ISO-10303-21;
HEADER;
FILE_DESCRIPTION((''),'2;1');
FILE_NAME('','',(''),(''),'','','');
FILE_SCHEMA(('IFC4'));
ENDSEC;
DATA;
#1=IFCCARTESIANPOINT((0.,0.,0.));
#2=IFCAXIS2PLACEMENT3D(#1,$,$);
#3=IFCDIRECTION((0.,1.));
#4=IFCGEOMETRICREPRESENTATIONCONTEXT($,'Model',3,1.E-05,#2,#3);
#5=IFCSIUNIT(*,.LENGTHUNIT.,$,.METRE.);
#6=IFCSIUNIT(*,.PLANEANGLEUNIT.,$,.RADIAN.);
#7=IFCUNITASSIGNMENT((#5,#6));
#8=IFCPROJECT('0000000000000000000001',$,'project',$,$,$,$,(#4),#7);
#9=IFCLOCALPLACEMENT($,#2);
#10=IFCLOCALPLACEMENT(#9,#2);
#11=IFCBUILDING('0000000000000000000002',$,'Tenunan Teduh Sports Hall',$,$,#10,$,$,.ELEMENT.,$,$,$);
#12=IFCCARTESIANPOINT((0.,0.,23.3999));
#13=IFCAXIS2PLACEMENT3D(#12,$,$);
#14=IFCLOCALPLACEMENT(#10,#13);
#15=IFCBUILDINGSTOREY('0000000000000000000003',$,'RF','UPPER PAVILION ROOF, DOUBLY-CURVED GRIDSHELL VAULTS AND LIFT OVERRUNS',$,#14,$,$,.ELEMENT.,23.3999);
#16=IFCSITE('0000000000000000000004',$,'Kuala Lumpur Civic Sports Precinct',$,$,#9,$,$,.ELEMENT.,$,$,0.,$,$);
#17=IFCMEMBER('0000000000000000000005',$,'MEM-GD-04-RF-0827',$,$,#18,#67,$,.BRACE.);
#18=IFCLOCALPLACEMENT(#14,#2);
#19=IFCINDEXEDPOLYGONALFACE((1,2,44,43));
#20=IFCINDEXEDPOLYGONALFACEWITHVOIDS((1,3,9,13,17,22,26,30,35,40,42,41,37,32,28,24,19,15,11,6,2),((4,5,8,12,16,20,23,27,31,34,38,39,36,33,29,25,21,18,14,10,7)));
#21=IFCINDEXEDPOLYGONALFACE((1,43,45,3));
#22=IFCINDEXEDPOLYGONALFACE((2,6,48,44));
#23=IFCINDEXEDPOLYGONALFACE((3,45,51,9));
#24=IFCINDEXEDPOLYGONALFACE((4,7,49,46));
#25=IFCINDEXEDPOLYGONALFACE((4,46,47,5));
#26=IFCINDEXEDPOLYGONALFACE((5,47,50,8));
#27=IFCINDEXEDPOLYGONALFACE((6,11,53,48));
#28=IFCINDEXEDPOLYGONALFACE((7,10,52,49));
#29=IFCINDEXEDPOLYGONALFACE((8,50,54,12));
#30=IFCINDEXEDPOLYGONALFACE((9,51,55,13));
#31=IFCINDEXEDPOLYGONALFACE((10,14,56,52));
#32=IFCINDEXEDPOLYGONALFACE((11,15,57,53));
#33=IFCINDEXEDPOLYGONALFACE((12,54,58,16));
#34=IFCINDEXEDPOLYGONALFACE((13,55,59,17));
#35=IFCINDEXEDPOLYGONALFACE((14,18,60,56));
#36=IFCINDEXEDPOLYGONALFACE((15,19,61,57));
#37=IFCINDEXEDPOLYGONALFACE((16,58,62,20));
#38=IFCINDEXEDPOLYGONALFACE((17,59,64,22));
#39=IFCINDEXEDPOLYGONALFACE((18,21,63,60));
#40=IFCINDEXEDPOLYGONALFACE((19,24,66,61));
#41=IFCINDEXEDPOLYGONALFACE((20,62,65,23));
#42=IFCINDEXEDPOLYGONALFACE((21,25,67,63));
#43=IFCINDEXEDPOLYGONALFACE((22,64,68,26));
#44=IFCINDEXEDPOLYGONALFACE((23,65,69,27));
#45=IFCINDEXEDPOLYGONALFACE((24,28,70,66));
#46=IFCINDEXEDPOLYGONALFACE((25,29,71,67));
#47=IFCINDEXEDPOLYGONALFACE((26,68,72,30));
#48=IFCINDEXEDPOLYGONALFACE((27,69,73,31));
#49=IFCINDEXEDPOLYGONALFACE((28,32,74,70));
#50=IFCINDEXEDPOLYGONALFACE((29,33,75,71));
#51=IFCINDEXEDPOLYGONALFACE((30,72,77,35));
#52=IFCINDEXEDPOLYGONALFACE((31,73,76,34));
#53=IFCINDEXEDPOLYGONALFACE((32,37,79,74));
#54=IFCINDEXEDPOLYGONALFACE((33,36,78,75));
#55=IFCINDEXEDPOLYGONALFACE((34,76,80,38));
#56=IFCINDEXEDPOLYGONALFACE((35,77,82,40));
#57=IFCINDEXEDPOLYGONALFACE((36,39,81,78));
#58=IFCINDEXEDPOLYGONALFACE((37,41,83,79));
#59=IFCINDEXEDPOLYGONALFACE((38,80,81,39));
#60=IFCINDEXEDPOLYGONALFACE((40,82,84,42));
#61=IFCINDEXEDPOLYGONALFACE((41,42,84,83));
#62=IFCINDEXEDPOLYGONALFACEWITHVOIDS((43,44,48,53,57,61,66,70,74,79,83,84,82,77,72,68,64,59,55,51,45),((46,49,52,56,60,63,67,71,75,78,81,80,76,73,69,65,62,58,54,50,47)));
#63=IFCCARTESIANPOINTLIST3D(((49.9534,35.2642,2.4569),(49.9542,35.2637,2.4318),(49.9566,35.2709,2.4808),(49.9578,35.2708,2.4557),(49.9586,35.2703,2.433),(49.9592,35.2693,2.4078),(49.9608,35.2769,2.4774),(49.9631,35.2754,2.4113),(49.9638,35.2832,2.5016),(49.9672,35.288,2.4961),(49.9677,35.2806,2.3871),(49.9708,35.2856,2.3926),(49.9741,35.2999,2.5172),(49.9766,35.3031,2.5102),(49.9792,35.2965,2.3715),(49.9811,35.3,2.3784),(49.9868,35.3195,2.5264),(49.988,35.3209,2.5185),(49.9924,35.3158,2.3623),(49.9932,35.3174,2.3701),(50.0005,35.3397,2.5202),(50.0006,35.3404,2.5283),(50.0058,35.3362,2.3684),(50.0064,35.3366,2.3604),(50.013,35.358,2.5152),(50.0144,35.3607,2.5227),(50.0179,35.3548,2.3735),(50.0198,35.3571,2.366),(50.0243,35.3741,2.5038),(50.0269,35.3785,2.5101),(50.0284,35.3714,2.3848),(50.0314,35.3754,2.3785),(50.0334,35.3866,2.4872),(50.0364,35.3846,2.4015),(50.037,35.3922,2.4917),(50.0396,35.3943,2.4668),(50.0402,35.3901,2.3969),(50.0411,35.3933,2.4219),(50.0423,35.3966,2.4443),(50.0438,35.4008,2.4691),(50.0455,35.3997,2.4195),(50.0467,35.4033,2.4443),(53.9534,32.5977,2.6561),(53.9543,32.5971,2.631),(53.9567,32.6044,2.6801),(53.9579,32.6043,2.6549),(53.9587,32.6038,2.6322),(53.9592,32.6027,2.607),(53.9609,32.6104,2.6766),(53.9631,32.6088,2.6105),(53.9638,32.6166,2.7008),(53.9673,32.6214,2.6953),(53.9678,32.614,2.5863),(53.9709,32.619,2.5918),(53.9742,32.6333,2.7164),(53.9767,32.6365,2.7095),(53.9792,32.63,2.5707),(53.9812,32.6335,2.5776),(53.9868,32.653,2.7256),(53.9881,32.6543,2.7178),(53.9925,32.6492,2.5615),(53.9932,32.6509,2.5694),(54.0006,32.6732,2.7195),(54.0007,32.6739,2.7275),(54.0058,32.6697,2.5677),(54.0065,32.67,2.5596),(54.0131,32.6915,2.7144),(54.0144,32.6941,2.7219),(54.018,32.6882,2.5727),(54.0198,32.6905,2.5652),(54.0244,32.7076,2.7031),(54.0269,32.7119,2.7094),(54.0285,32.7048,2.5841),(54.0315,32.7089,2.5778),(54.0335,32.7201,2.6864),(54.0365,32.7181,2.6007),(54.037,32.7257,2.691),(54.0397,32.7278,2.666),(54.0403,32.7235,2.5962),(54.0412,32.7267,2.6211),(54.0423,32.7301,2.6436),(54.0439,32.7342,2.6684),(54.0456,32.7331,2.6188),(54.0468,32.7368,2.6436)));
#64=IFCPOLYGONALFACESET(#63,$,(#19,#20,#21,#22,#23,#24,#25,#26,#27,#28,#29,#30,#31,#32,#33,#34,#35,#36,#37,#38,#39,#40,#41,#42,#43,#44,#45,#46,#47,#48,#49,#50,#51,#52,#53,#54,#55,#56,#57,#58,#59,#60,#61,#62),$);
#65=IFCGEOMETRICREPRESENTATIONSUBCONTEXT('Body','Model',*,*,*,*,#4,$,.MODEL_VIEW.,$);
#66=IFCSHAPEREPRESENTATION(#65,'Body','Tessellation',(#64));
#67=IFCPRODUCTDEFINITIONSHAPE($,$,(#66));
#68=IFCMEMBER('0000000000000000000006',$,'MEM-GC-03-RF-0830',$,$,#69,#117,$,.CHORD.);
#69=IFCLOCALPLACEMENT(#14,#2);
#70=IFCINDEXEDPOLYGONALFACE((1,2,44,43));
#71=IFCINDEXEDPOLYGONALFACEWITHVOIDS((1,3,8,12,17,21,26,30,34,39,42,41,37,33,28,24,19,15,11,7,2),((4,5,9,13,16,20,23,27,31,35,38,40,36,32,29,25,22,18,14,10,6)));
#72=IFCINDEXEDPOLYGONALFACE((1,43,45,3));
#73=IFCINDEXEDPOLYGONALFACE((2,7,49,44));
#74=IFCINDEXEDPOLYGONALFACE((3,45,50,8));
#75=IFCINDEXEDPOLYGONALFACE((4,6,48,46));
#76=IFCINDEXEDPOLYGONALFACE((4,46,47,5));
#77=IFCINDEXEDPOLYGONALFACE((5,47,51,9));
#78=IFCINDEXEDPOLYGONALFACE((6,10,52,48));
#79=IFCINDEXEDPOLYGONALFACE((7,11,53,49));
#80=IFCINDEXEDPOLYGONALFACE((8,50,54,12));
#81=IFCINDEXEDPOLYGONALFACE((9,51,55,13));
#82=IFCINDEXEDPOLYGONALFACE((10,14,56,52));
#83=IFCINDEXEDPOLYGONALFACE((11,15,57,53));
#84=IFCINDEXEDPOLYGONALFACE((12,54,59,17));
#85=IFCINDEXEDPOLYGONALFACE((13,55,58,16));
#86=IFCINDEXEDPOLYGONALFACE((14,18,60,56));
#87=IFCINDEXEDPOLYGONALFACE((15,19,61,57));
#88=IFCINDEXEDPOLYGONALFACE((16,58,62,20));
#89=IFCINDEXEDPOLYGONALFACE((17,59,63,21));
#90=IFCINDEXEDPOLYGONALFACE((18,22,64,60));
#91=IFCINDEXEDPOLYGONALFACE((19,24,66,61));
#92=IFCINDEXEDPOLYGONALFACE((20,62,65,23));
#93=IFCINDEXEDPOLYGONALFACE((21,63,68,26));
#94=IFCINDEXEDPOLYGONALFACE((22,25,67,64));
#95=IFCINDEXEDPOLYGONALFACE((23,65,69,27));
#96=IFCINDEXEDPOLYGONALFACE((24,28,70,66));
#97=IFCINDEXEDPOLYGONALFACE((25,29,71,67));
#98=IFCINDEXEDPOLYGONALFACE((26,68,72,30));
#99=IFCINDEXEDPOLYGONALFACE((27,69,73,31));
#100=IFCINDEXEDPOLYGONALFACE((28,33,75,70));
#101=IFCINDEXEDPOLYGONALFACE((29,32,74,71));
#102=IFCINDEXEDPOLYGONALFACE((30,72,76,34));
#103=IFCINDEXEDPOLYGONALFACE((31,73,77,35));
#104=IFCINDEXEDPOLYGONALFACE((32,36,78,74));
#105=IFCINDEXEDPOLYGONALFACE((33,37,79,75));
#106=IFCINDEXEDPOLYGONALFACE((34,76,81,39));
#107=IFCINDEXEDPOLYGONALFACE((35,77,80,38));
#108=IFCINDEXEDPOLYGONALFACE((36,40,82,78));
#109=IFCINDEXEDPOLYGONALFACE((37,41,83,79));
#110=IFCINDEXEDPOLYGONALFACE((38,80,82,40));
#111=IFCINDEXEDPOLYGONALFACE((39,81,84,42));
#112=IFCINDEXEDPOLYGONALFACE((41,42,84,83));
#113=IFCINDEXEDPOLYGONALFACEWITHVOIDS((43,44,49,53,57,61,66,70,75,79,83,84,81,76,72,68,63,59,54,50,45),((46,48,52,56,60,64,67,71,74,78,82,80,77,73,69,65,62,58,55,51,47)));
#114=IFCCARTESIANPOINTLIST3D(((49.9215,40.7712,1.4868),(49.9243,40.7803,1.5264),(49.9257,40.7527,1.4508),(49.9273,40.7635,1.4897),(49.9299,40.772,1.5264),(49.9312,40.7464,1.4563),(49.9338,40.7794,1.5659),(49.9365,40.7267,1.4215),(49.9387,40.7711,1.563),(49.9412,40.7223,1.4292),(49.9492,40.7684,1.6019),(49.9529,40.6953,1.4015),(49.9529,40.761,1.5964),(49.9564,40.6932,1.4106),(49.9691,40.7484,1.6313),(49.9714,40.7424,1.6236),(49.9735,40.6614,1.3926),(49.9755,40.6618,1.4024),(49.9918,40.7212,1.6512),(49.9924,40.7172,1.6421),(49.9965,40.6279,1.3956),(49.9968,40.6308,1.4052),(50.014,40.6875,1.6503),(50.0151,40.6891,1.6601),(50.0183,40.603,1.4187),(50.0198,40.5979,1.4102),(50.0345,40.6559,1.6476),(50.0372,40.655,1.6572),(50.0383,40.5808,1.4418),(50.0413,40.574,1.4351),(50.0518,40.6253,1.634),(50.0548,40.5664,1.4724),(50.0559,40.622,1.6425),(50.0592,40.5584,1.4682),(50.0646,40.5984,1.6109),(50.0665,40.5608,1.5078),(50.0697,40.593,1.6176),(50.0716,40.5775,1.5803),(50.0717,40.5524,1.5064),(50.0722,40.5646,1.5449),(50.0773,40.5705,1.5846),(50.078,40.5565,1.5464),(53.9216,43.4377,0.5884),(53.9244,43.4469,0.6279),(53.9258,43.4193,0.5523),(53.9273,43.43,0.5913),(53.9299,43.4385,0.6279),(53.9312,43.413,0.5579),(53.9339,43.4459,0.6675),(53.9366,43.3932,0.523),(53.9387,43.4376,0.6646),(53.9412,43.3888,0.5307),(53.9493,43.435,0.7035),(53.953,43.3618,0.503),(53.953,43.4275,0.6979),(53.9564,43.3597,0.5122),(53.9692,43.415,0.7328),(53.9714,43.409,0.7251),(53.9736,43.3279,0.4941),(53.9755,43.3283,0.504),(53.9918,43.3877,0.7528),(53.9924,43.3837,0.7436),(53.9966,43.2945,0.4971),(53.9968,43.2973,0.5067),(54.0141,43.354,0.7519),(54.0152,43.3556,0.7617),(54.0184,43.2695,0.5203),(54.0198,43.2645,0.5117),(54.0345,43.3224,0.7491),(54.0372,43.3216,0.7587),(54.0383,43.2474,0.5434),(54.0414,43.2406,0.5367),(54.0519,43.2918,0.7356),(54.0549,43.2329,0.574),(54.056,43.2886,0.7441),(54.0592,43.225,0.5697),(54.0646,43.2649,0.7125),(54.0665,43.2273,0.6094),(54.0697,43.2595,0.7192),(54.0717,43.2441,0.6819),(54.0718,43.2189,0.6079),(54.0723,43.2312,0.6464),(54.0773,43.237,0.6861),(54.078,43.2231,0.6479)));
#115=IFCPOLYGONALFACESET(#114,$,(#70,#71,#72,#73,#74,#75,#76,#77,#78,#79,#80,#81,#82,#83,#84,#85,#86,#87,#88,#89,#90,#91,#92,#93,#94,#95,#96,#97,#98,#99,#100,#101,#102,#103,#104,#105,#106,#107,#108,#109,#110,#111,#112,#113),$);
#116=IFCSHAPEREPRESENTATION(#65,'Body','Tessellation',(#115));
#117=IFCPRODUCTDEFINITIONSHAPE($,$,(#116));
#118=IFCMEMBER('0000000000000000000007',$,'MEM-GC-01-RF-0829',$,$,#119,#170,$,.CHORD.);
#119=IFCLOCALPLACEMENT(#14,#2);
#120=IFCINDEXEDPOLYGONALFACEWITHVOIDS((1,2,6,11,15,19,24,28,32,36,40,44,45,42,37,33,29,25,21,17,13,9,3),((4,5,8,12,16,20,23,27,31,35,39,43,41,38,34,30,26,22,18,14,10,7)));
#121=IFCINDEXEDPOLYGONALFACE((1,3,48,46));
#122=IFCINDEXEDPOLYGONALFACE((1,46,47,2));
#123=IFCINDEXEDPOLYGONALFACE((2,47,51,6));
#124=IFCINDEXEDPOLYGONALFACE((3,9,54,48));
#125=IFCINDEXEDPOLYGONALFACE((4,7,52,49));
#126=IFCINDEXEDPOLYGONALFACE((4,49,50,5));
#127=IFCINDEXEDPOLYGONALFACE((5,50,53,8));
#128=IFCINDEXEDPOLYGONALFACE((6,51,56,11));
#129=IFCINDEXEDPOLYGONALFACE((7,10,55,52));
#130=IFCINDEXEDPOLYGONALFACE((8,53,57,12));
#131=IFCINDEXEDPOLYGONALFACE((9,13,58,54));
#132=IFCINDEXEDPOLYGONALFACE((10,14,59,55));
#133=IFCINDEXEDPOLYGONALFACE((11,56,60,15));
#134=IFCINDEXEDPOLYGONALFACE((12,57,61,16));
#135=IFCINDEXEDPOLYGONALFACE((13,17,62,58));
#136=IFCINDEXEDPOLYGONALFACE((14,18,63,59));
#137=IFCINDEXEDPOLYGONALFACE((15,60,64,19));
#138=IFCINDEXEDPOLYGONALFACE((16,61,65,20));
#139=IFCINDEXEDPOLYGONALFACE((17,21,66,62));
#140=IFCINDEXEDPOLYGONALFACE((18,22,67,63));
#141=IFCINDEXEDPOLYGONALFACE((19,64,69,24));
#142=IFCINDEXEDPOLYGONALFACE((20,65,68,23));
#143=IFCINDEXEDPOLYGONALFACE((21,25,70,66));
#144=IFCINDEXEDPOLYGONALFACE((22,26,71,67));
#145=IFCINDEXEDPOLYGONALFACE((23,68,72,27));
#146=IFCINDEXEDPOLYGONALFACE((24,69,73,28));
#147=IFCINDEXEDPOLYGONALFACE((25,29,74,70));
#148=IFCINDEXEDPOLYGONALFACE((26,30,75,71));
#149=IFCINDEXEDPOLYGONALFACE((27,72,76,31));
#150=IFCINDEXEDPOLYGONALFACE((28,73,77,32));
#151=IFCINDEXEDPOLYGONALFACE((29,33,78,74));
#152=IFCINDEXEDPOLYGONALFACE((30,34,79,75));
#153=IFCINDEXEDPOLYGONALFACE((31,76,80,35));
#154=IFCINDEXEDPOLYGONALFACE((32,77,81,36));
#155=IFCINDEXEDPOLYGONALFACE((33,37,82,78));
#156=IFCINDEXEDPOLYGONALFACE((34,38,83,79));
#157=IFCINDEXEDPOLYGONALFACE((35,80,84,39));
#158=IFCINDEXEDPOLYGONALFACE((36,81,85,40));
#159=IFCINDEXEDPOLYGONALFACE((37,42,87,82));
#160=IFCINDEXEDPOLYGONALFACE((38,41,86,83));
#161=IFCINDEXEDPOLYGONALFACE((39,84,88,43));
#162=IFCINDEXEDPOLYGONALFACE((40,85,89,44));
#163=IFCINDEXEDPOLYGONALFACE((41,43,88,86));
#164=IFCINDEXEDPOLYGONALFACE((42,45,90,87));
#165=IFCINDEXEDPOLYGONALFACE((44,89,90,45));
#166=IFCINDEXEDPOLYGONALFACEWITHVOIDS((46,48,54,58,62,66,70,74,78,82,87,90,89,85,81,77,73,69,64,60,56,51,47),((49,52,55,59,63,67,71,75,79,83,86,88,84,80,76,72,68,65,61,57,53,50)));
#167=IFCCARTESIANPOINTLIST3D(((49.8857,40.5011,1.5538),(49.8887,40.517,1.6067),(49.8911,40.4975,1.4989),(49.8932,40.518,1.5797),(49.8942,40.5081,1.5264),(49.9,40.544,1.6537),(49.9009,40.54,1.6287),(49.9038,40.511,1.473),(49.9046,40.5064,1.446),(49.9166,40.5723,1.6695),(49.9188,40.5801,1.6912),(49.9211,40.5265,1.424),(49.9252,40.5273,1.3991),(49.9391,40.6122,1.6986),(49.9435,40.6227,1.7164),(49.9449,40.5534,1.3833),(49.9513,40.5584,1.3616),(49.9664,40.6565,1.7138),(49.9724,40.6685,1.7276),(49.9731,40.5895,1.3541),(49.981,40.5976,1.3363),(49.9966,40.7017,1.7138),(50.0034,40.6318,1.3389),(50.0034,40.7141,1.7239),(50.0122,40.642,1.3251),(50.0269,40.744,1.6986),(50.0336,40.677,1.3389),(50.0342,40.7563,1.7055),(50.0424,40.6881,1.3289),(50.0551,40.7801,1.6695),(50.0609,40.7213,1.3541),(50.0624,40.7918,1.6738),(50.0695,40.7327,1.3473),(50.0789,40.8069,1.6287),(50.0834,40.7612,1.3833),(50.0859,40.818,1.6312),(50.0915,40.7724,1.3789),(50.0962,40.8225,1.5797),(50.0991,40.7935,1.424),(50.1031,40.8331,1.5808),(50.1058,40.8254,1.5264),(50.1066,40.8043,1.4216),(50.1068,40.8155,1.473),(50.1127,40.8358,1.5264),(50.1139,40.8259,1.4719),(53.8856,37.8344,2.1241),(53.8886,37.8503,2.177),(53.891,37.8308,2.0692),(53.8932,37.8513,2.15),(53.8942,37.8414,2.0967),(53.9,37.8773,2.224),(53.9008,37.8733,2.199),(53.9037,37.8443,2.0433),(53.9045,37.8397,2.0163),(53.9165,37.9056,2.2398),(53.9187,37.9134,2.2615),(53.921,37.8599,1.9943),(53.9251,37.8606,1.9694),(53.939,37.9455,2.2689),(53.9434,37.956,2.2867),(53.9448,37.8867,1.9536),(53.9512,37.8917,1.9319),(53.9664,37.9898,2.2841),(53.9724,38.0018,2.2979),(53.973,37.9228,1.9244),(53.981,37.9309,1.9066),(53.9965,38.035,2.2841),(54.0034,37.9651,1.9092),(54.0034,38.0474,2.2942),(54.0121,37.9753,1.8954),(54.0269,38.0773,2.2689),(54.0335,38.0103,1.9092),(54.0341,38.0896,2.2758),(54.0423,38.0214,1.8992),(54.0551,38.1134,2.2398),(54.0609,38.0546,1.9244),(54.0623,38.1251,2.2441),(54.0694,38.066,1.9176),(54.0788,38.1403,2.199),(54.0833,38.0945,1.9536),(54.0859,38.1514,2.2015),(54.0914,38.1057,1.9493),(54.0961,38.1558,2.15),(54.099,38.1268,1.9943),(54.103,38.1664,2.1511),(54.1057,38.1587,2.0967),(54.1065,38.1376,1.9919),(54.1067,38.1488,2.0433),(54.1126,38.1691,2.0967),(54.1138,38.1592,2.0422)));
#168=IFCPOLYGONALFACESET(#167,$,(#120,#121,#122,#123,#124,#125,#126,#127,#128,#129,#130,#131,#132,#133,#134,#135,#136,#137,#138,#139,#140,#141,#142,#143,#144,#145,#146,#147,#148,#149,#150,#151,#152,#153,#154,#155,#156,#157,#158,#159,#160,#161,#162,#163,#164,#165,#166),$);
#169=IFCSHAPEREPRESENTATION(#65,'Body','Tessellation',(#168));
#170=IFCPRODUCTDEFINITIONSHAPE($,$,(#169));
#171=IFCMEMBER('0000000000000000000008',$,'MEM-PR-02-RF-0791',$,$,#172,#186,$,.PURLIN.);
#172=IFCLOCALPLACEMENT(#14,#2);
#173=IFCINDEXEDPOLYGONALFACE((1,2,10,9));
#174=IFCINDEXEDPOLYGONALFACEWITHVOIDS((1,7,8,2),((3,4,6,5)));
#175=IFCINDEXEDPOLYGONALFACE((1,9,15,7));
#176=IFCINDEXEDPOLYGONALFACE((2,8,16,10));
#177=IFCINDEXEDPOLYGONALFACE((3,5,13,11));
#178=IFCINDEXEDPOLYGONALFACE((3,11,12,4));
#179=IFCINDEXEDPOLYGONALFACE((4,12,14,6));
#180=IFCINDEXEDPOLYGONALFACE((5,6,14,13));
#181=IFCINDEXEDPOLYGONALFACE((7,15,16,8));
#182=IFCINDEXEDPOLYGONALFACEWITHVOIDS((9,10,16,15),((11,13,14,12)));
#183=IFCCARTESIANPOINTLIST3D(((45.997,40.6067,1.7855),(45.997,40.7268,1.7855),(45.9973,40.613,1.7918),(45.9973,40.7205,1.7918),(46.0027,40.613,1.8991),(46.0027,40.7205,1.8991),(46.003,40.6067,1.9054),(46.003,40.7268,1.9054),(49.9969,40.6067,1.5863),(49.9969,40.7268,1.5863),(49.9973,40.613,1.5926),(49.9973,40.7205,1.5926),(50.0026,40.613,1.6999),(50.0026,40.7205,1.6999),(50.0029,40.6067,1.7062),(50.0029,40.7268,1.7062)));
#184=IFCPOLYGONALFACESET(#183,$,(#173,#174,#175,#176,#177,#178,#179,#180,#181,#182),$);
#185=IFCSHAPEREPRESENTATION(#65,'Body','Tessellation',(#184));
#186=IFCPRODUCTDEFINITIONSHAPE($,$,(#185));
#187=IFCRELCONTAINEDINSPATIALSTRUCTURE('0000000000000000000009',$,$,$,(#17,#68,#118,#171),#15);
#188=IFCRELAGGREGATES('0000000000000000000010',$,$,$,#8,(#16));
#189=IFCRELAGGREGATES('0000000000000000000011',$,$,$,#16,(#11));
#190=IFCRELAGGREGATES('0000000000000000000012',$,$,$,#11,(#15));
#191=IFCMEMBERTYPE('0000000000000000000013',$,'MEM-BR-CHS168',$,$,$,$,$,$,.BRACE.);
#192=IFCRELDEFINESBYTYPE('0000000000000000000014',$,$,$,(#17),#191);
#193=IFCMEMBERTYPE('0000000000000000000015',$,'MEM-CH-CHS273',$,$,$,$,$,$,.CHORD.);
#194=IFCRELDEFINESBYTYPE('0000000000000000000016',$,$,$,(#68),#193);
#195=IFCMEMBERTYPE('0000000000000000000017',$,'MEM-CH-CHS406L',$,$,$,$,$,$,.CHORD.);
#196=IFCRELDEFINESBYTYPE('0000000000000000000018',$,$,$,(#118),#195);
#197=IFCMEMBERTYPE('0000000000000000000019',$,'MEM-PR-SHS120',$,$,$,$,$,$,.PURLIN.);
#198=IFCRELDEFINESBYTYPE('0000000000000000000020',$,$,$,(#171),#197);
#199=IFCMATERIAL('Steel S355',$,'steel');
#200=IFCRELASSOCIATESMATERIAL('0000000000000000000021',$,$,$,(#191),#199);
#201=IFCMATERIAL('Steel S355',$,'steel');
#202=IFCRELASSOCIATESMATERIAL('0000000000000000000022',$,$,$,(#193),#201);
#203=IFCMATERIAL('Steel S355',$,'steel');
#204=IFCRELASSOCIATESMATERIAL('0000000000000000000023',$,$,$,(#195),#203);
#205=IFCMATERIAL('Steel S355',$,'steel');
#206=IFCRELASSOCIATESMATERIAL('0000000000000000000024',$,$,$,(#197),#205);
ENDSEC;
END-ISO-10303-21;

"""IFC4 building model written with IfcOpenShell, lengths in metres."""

from ifc_helpers import new_model, si_unit, direction, frame, origin, origin_2d, place, context, subcontext, project, spatial, hollow_rectangle, hollow_circle, extrude, material, material_profile, profile_set, type_object, element, save


model = new_model("IFC4")

# Units and contexts
model_context = context("Model", 3, precision=1e-05, world=origin(), true_north=direction((0.0, 1.0)))
body_context = subcontext(model_context, "Body", "Model", "MODEL_VIEW")
ifc_project = project(units=[si_unit("LENGTHUNIT", "METRE"), si_unit("PLANEANGLEUNIT", "RADIAN")], contexts=[model_context])

# Site, building, storey
site_placement = place(None, origin())
site = spatial("IfcSite", under=ifc_project, at=site_placement, Name="Kuala Lumpur Civic Sports Precinct", CompositionType="ELEMENT", RefElevation=0.0)
building_placement = place(site_placement, origin())
building = spatial("IfcBuilding", under=site, at=building_placement, Name="Tenunan Teduh Sports Hall", CompositionType="ELEMENT")
storey_placement = place(building_placement, frame((0.0, 0.0, 23.3999)))
storey = spatial("IfcBuildingStorey", under=building, at=storey_placement, Name="RF", Description="UPPER PAVILION ROOF, DOUBLY-CURVED GRIDSHELL VAULTS AND LIFT OVERRUNS", CompositionType="ELEMENT", Elevation=23.3999)

# Members
ifc_material_1 = material(Name="Steel S355", Category="steel")
ifc_material_profile_1 = material_profile(ifc_material_1, hollow_circle(Radius=0.0842, WallThickness=0.0081, at=origin_2d()), Name="CHS 168.3x8.0")
ifc_profile_set_1 = profile_set([ifc_material_profile_1], Name="Steel S355")
member_type_1 = type_object("IfcMemberType", Name="MEM-BR-CHS168", PredefinedType="BRACE", material=ifc_profile_set_1)
member_1_placement = place(storey_placement, frame((50.0, 35.3333, 2.4443), z_axis=(0.831352, -0.554201, 0.041405), x_axis=(0.554677, 0.832066, 0.0)))
element("IfcMember", 1, at=member_1_placement, inside=storey, type_object=member_type_1, Name="MEM-GD-04-RF-0827", PredefinedType="BRACE", context=body_context, shape_type="SweptSolid", body=[
    extrude(hollow_circle(Radius=0.0842, WallThickness=0.0081, at=origin_2d()), origin(), (0.0, 0.0, 1.0), 4.8115),
])
ifc_material_2 = material(Name="Steel S355", Category="steel")
ifc_material_profile_2 = material_profile(ifc_material_2, hollow_circle(Radius=0.1365, WallThickness=0.01, at=origin_2d()), Name="CHS 273.0x10.0")
ifc_profile_set_2 = profile_set([ifc_material_profile_2], Name="Steel S355")
member_type_2 = type_object("IfcMemberType", Name="MEM-CH-CHS273", PredefinedType="CHORD", material=ifc_profile_set_2)
member_2_placement = place(storey_placement, frame((50.0, 40.6667, 1.5264), z_axis=(0.817905, 0.545237, -0.183709), x_axis=(-0.554677, 0.832066, 0.0)))
element("IfcMember", 2, at=member_2_placement, inside=storey, type_object=member_type_2, Name="MEM-GC-03-RF-0830", PredefinedType="CHORD", context=body_context, shape_type="SweptSolid", body=[
    extrude(hollow_circle(Radius=0.1365, WallThickness=0.01, at=origin_2d()), origin(), (0.0, 0.0, 1.0), 4.8906),
])
ifc_material_3 = material(Name="Steel S355", Category="steel")
ifc_material_profile_3 = material_profile(ifc_material_3, hollow_circle(Radius=0.2031, WallThickness=0.0125, at=origin_2d()), Name="CHS 406.4x12.5")
ifc_profile_set_3 = profile_set([ifc_material_profile_3], Name="Steel S355")
member_type_3 = type_object("IfcMemberType", Name="MEM-CH-CHS406L", PredefinedType="CHORD", material=ifc_profile_set_3)
member_3_placement = place(storey_placement, frame((50.0, 40.6667, 1.5264), z_axis=(0.826249, -0.550849, 0.117805), x_axis=(0.554712, 0.832042, 0.0)))
element("IfcMember", 3, at=member_3_placement, inside=storey, type_object=member_type_3, Name="MEM-GC-01-RF-0829", PredefinedType="CHORD", context=body_context, shape_type="SweptSolid", body=[
    extrude(hollow_circle(Radius=0.2031, WallThickness=0.0125, at=origin_2d()), origin(), (0.0, 0.0, 1.0), 4.8411),
])
ifc_material_4 = material(Name="Steel S355", Category="steel")
ifc_material_profile_4 = material_profile(ifc_material_4, hollow_rectangle(XDim=0.1201, YDim=0.1201, WallThickness=0.0063, at=origin_2d()), Name="SHS 120x120x6.3")
ifc_profile_set_4 = profile_set([ifc_material_profile_4], Name="Steel S355")
member_type_4 = type_object("IfcMemberType", Name="MEM-PR-SHS120", PredefinedType="PURLIN", material=ifc_profile_set_4)
member_4_placement = place(storey_placement, frame((46.0, 40.6667, 1.8455), z_axis=(0.998762, 0.0, -0.049743), x_axis=(0.0, 1.0, 0.0)))
element("IfcMember", 4, at=member_4_placement, inside=storey, type_object=member_type_4, Name="MEM-PR-02-RF-0791", PredefinedType="PURLIN", context=body_context, shape_type="SweptSolid", body=[
    extrude(hollow_rectangle(XDim=0.1201, YDim=0.1201, WallThickness=0.0063, at=origin_2d()), origin(), (0.0, 0.0, 1.0), 4.0049),
])

save(model, "model.ifc")
